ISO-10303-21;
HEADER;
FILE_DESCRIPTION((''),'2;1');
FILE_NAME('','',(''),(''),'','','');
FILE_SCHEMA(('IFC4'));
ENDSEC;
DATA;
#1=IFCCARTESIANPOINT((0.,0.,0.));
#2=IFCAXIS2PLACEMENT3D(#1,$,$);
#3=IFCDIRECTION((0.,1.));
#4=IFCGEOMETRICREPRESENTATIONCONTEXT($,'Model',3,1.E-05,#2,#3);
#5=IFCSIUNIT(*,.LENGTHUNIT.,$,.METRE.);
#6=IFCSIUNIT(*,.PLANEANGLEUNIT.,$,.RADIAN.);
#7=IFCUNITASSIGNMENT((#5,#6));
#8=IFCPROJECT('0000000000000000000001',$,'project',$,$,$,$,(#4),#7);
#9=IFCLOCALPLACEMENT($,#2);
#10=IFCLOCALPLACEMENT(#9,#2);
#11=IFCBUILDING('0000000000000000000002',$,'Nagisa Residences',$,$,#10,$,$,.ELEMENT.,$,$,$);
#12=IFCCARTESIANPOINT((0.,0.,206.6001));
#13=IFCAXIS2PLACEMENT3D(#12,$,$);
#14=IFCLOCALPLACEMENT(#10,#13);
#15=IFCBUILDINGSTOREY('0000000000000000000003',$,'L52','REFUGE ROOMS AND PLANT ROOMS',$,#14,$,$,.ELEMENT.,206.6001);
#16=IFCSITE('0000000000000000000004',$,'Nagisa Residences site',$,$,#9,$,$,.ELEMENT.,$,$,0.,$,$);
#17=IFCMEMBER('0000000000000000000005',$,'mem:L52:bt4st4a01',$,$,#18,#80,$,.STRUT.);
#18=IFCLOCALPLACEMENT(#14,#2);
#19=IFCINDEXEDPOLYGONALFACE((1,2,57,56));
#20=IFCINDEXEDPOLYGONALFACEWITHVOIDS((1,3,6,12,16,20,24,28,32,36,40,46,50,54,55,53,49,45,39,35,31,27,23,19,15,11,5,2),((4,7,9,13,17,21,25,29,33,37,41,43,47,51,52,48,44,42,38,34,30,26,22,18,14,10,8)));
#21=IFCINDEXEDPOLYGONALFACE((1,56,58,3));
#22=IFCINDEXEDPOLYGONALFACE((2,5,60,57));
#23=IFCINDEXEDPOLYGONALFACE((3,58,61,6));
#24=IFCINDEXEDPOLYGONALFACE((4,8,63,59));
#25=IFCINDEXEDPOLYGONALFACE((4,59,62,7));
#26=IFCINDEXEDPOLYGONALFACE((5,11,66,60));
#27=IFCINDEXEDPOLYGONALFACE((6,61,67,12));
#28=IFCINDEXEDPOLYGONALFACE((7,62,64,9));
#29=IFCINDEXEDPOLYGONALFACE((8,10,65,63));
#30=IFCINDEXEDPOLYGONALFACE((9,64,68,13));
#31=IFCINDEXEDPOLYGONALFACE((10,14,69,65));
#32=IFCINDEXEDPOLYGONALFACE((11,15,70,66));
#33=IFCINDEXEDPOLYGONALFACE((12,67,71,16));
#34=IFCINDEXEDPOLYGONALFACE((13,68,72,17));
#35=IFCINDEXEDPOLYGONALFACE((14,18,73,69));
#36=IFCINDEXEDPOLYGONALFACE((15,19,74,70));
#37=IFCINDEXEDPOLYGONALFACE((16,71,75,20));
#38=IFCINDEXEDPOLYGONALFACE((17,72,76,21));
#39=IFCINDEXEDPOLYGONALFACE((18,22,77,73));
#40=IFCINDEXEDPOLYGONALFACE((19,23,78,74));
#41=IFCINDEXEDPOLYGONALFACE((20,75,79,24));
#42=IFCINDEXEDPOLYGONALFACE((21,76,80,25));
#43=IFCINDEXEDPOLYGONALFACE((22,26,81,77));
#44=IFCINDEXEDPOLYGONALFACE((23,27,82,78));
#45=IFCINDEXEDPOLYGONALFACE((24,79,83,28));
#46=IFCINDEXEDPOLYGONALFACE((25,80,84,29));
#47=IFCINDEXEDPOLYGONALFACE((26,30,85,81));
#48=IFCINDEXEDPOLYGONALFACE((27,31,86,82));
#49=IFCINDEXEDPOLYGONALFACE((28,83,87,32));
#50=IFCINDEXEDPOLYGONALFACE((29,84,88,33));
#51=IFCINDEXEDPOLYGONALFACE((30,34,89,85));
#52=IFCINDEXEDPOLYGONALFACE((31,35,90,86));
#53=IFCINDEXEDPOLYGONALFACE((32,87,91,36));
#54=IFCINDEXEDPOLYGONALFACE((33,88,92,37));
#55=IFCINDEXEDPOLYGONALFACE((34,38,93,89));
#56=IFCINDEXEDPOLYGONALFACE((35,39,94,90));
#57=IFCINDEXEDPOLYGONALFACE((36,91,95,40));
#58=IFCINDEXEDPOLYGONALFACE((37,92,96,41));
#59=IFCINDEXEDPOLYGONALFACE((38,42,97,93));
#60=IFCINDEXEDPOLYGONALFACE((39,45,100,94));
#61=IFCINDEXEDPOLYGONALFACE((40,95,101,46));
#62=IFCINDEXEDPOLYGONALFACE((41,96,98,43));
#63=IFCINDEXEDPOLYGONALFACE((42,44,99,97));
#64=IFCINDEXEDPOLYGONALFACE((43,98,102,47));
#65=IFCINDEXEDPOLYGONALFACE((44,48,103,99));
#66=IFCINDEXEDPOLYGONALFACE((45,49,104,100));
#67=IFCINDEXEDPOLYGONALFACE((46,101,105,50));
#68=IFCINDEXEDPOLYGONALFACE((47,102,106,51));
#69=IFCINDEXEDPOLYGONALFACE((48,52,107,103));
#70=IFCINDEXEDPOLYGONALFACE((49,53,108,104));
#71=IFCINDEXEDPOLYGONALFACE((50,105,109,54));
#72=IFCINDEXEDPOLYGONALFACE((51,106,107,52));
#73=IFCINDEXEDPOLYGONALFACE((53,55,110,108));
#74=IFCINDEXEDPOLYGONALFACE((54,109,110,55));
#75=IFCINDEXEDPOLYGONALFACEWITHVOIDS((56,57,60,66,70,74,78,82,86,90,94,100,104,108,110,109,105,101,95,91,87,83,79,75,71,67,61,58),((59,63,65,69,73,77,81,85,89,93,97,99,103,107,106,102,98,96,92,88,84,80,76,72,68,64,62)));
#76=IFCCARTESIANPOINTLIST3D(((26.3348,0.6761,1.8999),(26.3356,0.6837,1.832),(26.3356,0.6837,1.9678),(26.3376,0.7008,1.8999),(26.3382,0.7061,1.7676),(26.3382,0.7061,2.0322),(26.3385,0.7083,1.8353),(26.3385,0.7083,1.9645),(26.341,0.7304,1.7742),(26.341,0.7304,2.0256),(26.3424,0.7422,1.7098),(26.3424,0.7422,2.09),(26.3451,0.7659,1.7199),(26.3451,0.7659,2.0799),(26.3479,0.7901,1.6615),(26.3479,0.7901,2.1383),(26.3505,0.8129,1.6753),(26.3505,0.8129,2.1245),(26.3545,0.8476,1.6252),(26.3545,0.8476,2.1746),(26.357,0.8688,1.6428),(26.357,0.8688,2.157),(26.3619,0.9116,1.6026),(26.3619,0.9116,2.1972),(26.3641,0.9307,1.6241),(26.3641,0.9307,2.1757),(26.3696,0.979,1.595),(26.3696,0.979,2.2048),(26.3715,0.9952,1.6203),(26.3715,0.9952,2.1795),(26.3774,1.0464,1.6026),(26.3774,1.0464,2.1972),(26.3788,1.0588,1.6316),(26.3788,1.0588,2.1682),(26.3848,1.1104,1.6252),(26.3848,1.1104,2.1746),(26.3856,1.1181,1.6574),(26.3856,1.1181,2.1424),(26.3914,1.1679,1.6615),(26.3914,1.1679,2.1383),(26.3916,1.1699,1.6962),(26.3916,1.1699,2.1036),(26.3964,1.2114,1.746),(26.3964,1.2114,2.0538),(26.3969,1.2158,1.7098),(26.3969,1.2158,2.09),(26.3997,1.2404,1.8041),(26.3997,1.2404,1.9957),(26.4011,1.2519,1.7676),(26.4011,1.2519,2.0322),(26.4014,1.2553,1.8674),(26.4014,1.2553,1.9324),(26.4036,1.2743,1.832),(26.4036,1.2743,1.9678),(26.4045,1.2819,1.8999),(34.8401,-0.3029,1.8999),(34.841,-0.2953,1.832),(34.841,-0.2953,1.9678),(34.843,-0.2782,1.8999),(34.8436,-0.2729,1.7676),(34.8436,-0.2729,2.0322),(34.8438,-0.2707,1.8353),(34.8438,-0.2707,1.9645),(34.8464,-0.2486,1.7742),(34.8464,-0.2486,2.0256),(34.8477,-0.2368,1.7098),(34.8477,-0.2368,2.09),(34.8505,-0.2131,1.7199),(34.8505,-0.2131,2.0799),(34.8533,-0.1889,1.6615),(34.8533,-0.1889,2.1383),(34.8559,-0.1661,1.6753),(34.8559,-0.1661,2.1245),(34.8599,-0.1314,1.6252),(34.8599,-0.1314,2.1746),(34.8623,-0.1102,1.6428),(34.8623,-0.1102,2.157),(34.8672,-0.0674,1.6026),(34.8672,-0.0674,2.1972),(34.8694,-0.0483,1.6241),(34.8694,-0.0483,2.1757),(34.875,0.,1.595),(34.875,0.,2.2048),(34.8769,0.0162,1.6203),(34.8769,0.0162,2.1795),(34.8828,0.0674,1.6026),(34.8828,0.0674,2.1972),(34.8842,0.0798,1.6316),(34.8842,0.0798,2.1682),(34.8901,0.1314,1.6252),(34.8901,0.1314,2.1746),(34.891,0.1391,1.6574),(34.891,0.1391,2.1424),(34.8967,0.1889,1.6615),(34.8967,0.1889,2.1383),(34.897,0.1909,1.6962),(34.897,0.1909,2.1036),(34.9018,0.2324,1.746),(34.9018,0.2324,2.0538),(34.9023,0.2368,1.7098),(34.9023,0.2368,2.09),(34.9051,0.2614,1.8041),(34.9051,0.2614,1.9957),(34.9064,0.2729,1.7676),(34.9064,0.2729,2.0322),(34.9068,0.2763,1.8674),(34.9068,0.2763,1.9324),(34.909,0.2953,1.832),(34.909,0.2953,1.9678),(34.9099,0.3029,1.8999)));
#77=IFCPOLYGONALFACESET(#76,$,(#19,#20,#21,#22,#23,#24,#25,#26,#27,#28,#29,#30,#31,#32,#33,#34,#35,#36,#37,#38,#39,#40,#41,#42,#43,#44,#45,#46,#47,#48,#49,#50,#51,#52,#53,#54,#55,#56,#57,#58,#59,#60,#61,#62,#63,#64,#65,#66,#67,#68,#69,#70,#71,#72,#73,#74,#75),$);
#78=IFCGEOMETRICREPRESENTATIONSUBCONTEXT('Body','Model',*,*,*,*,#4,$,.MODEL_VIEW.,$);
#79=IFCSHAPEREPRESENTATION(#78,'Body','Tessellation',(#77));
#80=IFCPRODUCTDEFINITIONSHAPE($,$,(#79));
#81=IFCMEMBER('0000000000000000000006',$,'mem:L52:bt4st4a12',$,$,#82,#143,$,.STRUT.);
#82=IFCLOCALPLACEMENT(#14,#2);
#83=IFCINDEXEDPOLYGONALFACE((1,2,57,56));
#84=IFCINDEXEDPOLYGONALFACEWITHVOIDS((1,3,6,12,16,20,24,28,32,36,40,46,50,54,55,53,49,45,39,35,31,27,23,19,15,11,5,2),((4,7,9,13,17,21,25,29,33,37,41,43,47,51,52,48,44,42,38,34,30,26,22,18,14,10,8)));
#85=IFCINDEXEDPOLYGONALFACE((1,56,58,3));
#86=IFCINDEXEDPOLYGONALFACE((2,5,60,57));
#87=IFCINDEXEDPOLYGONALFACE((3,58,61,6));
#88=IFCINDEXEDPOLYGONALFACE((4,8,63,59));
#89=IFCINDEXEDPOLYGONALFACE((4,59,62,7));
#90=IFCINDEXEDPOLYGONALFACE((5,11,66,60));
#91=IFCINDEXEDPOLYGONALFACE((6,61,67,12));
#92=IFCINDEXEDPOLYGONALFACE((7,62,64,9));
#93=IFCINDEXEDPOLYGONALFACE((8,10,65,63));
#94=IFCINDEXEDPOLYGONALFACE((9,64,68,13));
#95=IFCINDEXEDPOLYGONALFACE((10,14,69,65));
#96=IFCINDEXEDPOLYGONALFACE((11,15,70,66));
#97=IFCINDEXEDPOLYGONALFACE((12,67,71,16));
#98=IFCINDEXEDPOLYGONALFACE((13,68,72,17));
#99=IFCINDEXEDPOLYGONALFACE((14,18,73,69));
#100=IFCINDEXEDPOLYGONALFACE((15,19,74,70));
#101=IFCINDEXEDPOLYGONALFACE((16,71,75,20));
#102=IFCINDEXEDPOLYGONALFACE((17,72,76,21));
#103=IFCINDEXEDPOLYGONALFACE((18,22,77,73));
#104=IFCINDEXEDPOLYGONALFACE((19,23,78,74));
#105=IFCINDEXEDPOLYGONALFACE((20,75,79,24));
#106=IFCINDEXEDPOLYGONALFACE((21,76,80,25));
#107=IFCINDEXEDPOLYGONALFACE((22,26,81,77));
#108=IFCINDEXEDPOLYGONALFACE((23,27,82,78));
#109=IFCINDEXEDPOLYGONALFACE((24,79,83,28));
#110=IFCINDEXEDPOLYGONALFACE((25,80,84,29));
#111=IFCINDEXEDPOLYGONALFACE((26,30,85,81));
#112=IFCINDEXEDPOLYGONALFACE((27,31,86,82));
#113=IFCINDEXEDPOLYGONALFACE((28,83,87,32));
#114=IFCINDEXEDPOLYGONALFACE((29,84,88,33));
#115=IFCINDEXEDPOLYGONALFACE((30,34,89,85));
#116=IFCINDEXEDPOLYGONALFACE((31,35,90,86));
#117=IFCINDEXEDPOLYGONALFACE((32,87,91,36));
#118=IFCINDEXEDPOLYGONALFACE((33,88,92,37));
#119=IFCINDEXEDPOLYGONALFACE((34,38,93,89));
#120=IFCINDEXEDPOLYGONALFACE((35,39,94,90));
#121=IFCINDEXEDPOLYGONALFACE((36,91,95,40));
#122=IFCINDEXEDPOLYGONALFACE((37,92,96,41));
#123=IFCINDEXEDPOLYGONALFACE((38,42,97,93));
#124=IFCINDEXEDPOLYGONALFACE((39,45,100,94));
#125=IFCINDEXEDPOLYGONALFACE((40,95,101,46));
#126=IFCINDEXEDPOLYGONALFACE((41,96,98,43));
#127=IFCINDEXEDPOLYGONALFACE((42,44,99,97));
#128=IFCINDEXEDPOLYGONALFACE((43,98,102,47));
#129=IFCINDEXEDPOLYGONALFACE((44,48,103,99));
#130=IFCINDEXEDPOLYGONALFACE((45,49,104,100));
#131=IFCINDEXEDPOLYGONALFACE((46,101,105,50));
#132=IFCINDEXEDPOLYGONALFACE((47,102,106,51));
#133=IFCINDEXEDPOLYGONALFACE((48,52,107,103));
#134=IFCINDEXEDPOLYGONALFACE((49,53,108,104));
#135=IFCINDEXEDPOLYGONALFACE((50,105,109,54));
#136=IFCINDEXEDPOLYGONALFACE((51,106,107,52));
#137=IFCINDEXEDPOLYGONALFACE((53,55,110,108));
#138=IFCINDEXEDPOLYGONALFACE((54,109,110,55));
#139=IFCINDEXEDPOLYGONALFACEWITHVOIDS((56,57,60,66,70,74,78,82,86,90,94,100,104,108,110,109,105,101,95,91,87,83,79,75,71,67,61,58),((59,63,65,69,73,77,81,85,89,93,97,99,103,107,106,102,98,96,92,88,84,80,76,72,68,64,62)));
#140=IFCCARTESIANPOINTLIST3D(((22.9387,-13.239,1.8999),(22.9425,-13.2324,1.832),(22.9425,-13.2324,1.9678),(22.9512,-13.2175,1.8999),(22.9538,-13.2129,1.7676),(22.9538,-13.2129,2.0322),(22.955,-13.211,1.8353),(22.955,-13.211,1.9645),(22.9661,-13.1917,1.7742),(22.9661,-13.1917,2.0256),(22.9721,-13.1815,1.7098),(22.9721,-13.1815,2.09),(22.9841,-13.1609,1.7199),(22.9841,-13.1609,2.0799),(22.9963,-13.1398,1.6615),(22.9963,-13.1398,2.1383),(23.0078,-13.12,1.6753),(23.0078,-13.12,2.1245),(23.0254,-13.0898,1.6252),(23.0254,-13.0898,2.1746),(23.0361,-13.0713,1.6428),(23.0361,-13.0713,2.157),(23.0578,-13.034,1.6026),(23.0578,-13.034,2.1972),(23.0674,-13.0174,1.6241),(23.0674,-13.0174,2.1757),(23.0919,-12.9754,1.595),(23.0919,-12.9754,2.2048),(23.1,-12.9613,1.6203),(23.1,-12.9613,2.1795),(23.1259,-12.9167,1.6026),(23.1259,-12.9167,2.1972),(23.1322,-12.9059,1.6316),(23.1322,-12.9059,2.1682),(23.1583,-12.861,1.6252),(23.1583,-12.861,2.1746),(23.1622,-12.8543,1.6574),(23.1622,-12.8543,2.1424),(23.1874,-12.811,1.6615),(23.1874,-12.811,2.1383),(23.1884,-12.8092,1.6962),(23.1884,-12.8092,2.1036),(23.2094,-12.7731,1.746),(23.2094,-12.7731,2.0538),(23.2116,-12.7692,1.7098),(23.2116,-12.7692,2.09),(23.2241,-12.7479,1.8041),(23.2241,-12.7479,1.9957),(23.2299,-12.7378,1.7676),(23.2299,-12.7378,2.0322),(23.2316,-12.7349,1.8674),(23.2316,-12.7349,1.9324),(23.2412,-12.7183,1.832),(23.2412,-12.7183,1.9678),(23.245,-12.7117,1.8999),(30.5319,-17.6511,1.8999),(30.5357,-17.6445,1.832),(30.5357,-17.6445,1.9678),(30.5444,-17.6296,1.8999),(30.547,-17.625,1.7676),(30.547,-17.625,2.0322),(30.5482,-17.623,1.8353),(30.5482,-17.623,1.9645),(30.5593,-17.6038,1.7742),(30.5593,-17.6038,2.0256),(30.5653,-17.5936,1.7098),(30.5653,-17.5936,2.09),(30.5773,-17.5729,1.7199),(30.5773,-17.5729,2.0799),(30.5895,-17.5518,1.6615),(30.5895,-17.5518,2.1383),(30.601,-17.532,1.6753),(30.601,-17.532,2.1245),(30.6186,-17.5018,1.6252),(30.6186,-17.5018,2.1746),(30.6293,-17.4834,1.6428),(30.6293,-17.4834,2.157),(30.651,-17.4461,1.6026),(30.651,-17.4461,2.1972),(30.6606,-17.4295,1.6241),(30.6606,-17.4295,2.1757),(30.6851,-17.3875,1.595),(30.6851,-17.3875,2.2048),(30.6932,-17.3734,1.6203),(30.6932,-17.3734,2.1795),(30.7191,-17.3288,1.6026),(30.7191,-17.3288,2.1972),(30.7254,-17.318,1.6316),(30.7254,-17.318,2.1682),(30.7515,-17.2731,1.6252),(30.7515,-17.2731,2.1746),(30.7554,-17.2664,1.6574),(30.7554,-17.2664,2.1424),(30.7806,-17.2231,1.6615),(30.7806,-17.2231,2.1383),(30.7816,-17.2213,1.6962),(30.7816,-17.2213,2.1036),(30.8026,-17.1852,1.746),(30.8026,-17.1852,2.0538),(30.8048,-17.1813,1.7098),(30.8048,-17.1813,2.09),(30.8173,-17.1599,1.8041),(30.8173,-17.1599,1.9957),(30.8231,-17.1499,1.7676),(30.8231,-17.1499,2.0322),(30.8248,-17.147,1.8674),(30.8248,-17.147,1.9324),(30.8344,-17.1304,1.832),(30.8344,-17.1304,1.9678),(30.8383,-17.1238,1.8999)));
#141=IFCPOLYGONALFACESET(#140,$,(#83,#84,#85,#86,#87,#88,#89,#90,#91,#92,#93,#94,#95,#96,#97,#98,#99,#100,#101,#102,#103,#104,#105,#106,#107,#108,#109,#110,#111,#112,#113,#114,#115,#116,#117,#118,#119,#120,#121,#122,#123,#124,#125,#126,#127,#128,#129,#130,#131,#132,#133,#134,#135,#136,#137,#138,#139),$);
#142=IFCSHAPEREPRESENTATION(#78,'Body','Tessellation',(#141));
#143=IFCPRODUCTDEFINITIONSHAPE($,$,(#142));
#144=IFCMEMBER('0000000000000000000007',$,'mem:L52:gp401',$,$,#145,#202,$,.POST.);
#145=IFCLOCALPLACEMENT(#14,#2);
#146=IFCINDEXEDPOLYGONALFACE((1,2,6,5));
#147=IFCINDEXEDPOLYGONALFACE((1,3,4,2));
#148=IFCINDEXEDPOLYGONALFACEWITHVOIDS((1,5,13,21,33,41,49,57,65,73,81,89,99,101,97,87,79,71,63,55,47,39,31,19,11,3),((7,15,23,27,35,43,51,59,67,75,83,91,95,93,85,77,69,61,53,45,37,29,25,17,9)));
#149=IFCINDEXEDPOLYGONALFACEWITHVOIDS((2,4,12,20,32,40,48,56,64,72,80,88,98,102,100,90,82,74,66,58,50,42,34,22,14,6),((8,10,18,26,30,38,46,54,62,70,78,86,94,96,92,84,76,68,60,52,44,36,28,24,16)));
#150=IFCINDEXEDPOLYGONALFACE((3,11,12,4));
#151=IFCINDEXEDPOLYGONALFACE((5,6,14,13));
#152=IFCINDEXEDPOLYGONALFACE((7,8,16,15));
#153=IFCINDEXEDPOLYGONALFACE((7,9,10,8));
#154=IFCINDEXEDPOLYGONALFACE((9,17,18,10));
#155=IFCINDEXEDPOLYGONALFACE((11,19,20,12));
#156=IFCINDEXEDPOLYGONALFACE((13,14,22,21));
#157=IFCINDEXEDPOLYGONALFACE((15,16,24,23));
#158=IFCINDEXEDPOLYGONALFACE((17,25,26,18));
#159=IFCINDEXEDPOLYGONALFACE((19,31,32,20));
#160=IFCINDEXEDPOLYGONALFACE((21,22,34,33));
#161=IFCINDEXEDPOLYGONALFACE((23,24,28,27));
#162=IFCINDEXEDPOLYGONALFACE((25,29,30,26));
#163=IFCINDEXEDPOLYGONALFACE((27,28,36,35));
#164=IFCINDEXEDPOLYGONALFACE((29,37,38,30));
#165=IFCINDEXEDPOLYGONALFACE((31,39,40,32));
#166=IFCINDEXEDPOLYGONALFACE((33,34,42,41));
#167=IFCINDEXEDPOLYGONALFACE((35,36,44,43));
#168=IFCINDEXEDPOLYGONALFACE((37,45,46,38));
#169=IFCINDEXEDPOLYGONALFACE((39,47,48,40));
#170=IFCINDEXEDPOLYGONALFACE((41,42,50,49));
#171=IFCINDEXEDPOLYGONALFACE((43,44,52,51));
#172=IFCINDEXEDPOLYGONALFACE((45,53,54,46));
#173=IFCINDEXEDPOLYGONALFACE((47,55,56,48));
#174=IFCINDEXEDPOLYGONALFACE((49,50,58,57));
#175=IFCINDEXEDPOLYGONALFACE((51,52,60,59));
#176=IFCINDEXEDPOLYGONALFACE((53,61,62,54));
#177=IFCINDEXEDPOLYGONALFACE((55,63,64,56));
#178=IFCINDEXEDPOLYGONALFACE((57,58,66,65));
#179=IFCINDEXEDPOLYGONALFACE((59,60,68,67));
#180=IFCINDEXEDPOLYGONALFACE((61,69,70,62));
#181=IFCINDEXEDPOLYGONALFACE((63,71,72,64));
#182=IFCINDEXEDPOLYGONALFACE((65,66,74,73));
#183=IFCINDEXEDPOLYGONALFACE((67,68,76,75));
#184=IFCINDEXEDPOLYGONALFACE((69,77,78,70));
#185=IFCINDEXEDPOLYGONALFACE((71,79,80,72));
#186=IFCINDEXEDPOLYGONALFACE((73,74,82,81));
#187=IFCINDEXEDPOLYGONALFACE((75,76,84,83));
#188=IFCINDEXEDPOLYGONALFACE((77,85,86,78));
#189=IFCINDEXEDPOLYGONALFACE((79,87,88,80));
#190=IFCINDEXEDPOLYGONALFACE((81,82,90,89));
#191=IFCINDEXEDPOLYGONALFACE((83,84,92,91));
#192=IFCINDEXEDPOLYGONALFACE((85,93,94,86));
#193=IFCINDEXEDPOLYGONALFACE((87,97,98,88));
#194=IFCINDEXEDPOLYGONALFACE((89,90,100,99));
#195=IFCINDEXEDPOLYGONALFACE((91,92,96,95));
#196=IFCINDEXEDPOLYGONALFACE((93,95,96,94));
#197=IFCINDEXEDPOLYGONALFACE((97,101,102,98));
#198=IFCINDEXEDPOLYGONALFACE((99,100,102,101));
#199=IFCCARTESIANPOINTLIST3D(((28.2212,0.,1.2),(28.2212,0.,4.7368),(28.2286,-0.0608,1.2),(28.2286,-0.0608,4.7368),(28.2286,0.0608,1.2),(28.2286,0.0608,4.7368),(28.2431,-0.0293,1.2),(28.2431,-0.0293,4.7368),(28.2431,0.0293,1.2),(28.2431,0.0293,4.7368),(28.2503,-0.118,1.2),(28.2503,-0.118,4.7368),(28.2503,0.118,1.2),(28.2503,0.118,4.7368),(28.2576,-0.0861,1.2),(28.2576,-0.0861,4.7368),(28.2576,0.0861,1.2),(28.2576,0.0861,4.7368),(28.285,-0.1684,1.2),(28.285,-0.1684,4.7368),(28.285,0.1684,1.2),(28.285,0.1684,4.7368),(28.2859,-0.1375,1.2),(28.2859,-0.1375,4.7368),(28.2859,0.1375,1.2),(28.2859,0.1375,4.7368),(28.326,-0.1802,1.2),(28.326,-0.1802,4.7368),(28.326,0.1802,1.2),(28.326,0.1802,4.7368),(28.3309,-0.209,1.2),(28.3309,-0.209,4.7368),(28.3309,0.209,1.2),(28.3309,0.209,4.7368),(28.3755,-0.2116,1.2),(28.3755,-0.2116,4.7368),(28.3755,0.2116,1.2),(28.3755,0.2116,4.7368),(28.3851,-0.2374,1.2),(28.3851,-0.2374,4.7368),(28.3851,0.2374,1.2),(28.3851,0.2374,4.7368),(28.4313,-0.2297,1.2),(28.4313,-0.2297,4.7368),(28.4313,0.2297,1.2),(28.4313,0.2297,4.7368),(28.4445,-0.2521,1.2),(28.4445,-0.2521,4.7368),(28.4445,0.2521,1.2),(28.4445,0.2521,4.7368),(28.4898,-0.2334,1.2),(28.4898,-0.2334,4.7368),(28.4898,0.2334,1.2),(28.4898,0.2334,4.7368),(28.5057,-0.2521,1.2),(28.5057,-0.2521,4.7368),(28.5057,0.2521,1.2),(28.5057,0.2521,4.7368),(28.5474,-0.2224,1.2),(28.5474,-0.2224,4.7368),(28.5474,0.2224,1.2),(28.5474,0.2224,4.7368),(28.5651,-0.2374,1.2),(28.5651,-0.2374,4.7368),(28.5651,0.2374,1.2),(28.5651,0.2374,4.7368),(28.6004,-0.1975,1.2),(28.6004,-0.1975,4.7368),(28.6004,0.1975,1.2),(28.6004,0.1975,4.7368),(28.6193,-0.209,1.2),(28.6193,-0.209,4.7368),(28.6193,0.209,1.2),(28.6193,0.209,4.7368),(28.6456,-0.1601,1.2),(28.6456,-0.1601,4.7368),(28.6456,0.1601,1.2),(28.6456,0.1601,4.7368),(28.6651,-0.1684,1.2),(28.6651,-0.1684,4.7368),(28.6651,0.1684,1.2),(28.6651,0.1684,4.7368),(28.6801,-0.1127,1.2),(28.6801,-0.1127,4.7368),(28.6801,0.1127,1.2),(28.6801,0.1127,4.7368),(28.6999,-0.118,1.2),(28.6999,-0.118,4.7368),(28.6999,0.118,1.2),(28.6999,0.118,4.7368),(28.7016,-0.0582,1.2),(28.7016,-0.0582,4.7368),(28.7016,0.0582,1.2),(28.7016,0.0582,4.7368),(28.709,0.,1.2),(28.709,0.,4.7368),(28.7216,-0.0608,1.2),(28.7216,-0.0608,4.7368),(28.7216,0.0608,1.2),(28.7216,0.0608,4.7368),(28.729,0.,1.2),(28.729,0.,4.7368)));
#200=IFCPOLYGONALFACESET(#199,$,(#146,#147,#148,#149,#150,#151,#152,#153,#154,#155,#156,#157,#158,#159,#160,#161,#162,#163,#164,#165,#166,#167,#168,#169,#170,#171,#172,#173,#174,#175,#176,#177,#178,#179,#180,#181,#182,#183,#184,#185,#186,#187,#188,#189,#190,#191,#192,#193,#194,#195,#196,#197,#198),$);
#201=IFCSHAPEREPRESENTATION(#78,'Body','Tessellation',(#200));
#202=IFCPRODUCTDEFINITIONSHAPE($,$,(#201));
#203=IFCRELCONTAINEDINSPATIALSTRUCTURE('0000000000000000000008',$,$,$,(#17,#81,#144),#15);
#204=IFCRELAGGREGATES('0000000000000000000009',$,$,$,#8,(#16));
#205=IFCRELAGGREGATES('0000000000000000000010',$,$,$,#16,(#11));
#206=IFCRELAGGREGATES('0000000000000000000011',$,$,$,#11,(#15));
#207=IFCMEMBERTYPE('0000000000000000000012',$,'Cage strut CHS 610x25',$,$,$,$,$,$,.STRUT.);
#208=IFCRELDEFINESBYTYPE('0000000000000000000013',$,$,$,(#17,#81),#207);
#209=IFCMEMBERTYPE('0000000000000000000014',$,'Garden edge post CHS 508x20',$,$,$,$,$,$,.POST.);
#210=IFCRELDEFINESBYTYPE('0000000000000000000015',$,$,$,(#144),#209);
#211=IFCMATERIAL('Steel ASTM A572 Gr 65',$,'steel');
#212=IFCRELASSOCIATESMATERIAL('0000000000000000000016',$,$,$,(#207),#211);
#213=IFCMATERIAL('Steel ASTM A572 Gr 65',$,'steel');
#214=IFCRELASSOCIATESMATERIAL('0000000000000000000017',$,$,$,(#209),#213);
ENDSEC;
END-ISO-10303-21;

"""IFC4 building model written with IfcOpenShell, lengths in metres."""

from ifc_helpers import new_model, si_unit, direction, frame, origin, origin_2d, place, context, subcontext, project, spatial, hollow_circle, extrude, material, material_profile, profile_set, type_object, element, save


model = new_model("IFC4")

# Units and contexts
model_context = context("Model", 3, precision=1e-05, world=origin(), true_north=direction((0.0, 1.0)))
body_context = subcontext(model_context, "Body", "Model", "MODEL_VIEW")
ifc_project = project(units=[si_unit("LENGTHUNIT", "METRE"), si_unit("PLANEANGLEUNIT", "RADIAN")], contexts=[model_context])

# Site, building, storey
site_placement = place(None, origin())
site = spatial("IfcSite", under=ifc_project, at=site_placement, Name="Nagisa Residences site", CompositionType="ELEMENT", RefElevation=0.0)
building_placement = place(site_placement, origin())
building = spatial("IfcBuilding", under=site, at=building_placement, Name="Nagisa Residences", CompositionType="ELEMENT")
storey_placement = place(building_placement, frame((0.0, 0.0, 206.6001)))
storey = spatial("IfcBuildingStorey", under=building, at=storey_placement, Name="L52", Description="REFUGE ROOMS AND PLANT ROOMS", CompositionType="ELEMENT", Elevation=206.6001)

# Members
ifc_material_1 = material(Name="Steel ASTM A572 Gr 65", Category="steel")
ifc_material_profile_1 = material_profile(ifc_material_1, hollow_circle(Radius=0.3049, WallThickness=0.0249, at=origin_2d()), Name="CHS 610x25")
ifc_profile_set_1 = profile_set([ifc_material_profile_1], Name="Steel ASTM A572 Gr 65")
member_type_1 = type_object("IfcMemberType", Name="Cage strut CHS 610x25", PredefinedType="STRUT", material=ifc_profile_set_1)
member_1_placement = place(storey_placement, frame((34.875, 0.0, 1.8999), z_axis=(-0.993441, 0.114349, 0.0), x_axis=(-0.114349, -0.993441, 0.0)))
element("IfcMember", 1, at=member_1_placement, inside=storey, type_object=member_type_1, Name="mem:L52:bt4st4a01", PredefinedType="STRUT", context=body_context, shape_type="SweptSolid", body=[
    extrude(hollow_circle(Radius=0.3049, WallThickness=0.0249, at=origin_2d()), origin(), (0.0, 0.0, 1.0), 8.5615),
])
member_2_placement = place(storey_placement, frame((30.6851, -17.3875, 1.8999), z_axis=(-0.864635, 0.502401, 0.0), x_axis=(-0.502401, -0.864635, 0.0)))
element("IfcMember", 2, at=member_2_placement, inside=storey, type_object=member_type_1, Name="mem:L52:bt4st4a12", PredefinedType="STRUT", context=body_context, shape_type="SweptSolid", body=[
    extrude(hollow_circle(Radius=0.3049, WallThickness=0.0249, at=origin_2d()), origin(), (0.0, 0.0, 1.0), 8.782),
])
ifc_material_2 = material(Name="Steel ASTM A572 Gr 65", Category="steel")
ifc_material_profile_2 = material_profile(ifc_material_2, hollow_circle(Radius=0.2539, WallThickness=0.02, at=origin_2d()), Name="CHS 508x20")
ifc_profile_set_2 = profile_set([ifc_material_profile_2], Name="Steel ASTM A572 Gr 65")
member_type_2 = type_object("IfcMemberType", Name="Garden edge post CHS 508x20", PredefinedType="POST", material=ifc_profile_set_2)
for number, where, z_axis, x_axis, name in (
    (3, (28.4751, 0.0, 1.2), (0.0, 0.0, 1.0), (1.0, 0.0, 0.0), "mem:L52:gp401"),
):
    element("IfcMember", number, at=place(storey_placement, frame(where, z_axis=z_axis, x_axis=x_axis)), inside=storey, type_object=member_type_2, Name=name, PredefinedType="POST", context=body_context, shape_type="SweptSolid", body=[
        extrude(hollow_circle(Radius=0.2539, WallThickness=0.02, at=origin_2d()), origin(), (0.0, 0.0, 1.0), 3.5369),
    ])

save(model, "model.ifc")
